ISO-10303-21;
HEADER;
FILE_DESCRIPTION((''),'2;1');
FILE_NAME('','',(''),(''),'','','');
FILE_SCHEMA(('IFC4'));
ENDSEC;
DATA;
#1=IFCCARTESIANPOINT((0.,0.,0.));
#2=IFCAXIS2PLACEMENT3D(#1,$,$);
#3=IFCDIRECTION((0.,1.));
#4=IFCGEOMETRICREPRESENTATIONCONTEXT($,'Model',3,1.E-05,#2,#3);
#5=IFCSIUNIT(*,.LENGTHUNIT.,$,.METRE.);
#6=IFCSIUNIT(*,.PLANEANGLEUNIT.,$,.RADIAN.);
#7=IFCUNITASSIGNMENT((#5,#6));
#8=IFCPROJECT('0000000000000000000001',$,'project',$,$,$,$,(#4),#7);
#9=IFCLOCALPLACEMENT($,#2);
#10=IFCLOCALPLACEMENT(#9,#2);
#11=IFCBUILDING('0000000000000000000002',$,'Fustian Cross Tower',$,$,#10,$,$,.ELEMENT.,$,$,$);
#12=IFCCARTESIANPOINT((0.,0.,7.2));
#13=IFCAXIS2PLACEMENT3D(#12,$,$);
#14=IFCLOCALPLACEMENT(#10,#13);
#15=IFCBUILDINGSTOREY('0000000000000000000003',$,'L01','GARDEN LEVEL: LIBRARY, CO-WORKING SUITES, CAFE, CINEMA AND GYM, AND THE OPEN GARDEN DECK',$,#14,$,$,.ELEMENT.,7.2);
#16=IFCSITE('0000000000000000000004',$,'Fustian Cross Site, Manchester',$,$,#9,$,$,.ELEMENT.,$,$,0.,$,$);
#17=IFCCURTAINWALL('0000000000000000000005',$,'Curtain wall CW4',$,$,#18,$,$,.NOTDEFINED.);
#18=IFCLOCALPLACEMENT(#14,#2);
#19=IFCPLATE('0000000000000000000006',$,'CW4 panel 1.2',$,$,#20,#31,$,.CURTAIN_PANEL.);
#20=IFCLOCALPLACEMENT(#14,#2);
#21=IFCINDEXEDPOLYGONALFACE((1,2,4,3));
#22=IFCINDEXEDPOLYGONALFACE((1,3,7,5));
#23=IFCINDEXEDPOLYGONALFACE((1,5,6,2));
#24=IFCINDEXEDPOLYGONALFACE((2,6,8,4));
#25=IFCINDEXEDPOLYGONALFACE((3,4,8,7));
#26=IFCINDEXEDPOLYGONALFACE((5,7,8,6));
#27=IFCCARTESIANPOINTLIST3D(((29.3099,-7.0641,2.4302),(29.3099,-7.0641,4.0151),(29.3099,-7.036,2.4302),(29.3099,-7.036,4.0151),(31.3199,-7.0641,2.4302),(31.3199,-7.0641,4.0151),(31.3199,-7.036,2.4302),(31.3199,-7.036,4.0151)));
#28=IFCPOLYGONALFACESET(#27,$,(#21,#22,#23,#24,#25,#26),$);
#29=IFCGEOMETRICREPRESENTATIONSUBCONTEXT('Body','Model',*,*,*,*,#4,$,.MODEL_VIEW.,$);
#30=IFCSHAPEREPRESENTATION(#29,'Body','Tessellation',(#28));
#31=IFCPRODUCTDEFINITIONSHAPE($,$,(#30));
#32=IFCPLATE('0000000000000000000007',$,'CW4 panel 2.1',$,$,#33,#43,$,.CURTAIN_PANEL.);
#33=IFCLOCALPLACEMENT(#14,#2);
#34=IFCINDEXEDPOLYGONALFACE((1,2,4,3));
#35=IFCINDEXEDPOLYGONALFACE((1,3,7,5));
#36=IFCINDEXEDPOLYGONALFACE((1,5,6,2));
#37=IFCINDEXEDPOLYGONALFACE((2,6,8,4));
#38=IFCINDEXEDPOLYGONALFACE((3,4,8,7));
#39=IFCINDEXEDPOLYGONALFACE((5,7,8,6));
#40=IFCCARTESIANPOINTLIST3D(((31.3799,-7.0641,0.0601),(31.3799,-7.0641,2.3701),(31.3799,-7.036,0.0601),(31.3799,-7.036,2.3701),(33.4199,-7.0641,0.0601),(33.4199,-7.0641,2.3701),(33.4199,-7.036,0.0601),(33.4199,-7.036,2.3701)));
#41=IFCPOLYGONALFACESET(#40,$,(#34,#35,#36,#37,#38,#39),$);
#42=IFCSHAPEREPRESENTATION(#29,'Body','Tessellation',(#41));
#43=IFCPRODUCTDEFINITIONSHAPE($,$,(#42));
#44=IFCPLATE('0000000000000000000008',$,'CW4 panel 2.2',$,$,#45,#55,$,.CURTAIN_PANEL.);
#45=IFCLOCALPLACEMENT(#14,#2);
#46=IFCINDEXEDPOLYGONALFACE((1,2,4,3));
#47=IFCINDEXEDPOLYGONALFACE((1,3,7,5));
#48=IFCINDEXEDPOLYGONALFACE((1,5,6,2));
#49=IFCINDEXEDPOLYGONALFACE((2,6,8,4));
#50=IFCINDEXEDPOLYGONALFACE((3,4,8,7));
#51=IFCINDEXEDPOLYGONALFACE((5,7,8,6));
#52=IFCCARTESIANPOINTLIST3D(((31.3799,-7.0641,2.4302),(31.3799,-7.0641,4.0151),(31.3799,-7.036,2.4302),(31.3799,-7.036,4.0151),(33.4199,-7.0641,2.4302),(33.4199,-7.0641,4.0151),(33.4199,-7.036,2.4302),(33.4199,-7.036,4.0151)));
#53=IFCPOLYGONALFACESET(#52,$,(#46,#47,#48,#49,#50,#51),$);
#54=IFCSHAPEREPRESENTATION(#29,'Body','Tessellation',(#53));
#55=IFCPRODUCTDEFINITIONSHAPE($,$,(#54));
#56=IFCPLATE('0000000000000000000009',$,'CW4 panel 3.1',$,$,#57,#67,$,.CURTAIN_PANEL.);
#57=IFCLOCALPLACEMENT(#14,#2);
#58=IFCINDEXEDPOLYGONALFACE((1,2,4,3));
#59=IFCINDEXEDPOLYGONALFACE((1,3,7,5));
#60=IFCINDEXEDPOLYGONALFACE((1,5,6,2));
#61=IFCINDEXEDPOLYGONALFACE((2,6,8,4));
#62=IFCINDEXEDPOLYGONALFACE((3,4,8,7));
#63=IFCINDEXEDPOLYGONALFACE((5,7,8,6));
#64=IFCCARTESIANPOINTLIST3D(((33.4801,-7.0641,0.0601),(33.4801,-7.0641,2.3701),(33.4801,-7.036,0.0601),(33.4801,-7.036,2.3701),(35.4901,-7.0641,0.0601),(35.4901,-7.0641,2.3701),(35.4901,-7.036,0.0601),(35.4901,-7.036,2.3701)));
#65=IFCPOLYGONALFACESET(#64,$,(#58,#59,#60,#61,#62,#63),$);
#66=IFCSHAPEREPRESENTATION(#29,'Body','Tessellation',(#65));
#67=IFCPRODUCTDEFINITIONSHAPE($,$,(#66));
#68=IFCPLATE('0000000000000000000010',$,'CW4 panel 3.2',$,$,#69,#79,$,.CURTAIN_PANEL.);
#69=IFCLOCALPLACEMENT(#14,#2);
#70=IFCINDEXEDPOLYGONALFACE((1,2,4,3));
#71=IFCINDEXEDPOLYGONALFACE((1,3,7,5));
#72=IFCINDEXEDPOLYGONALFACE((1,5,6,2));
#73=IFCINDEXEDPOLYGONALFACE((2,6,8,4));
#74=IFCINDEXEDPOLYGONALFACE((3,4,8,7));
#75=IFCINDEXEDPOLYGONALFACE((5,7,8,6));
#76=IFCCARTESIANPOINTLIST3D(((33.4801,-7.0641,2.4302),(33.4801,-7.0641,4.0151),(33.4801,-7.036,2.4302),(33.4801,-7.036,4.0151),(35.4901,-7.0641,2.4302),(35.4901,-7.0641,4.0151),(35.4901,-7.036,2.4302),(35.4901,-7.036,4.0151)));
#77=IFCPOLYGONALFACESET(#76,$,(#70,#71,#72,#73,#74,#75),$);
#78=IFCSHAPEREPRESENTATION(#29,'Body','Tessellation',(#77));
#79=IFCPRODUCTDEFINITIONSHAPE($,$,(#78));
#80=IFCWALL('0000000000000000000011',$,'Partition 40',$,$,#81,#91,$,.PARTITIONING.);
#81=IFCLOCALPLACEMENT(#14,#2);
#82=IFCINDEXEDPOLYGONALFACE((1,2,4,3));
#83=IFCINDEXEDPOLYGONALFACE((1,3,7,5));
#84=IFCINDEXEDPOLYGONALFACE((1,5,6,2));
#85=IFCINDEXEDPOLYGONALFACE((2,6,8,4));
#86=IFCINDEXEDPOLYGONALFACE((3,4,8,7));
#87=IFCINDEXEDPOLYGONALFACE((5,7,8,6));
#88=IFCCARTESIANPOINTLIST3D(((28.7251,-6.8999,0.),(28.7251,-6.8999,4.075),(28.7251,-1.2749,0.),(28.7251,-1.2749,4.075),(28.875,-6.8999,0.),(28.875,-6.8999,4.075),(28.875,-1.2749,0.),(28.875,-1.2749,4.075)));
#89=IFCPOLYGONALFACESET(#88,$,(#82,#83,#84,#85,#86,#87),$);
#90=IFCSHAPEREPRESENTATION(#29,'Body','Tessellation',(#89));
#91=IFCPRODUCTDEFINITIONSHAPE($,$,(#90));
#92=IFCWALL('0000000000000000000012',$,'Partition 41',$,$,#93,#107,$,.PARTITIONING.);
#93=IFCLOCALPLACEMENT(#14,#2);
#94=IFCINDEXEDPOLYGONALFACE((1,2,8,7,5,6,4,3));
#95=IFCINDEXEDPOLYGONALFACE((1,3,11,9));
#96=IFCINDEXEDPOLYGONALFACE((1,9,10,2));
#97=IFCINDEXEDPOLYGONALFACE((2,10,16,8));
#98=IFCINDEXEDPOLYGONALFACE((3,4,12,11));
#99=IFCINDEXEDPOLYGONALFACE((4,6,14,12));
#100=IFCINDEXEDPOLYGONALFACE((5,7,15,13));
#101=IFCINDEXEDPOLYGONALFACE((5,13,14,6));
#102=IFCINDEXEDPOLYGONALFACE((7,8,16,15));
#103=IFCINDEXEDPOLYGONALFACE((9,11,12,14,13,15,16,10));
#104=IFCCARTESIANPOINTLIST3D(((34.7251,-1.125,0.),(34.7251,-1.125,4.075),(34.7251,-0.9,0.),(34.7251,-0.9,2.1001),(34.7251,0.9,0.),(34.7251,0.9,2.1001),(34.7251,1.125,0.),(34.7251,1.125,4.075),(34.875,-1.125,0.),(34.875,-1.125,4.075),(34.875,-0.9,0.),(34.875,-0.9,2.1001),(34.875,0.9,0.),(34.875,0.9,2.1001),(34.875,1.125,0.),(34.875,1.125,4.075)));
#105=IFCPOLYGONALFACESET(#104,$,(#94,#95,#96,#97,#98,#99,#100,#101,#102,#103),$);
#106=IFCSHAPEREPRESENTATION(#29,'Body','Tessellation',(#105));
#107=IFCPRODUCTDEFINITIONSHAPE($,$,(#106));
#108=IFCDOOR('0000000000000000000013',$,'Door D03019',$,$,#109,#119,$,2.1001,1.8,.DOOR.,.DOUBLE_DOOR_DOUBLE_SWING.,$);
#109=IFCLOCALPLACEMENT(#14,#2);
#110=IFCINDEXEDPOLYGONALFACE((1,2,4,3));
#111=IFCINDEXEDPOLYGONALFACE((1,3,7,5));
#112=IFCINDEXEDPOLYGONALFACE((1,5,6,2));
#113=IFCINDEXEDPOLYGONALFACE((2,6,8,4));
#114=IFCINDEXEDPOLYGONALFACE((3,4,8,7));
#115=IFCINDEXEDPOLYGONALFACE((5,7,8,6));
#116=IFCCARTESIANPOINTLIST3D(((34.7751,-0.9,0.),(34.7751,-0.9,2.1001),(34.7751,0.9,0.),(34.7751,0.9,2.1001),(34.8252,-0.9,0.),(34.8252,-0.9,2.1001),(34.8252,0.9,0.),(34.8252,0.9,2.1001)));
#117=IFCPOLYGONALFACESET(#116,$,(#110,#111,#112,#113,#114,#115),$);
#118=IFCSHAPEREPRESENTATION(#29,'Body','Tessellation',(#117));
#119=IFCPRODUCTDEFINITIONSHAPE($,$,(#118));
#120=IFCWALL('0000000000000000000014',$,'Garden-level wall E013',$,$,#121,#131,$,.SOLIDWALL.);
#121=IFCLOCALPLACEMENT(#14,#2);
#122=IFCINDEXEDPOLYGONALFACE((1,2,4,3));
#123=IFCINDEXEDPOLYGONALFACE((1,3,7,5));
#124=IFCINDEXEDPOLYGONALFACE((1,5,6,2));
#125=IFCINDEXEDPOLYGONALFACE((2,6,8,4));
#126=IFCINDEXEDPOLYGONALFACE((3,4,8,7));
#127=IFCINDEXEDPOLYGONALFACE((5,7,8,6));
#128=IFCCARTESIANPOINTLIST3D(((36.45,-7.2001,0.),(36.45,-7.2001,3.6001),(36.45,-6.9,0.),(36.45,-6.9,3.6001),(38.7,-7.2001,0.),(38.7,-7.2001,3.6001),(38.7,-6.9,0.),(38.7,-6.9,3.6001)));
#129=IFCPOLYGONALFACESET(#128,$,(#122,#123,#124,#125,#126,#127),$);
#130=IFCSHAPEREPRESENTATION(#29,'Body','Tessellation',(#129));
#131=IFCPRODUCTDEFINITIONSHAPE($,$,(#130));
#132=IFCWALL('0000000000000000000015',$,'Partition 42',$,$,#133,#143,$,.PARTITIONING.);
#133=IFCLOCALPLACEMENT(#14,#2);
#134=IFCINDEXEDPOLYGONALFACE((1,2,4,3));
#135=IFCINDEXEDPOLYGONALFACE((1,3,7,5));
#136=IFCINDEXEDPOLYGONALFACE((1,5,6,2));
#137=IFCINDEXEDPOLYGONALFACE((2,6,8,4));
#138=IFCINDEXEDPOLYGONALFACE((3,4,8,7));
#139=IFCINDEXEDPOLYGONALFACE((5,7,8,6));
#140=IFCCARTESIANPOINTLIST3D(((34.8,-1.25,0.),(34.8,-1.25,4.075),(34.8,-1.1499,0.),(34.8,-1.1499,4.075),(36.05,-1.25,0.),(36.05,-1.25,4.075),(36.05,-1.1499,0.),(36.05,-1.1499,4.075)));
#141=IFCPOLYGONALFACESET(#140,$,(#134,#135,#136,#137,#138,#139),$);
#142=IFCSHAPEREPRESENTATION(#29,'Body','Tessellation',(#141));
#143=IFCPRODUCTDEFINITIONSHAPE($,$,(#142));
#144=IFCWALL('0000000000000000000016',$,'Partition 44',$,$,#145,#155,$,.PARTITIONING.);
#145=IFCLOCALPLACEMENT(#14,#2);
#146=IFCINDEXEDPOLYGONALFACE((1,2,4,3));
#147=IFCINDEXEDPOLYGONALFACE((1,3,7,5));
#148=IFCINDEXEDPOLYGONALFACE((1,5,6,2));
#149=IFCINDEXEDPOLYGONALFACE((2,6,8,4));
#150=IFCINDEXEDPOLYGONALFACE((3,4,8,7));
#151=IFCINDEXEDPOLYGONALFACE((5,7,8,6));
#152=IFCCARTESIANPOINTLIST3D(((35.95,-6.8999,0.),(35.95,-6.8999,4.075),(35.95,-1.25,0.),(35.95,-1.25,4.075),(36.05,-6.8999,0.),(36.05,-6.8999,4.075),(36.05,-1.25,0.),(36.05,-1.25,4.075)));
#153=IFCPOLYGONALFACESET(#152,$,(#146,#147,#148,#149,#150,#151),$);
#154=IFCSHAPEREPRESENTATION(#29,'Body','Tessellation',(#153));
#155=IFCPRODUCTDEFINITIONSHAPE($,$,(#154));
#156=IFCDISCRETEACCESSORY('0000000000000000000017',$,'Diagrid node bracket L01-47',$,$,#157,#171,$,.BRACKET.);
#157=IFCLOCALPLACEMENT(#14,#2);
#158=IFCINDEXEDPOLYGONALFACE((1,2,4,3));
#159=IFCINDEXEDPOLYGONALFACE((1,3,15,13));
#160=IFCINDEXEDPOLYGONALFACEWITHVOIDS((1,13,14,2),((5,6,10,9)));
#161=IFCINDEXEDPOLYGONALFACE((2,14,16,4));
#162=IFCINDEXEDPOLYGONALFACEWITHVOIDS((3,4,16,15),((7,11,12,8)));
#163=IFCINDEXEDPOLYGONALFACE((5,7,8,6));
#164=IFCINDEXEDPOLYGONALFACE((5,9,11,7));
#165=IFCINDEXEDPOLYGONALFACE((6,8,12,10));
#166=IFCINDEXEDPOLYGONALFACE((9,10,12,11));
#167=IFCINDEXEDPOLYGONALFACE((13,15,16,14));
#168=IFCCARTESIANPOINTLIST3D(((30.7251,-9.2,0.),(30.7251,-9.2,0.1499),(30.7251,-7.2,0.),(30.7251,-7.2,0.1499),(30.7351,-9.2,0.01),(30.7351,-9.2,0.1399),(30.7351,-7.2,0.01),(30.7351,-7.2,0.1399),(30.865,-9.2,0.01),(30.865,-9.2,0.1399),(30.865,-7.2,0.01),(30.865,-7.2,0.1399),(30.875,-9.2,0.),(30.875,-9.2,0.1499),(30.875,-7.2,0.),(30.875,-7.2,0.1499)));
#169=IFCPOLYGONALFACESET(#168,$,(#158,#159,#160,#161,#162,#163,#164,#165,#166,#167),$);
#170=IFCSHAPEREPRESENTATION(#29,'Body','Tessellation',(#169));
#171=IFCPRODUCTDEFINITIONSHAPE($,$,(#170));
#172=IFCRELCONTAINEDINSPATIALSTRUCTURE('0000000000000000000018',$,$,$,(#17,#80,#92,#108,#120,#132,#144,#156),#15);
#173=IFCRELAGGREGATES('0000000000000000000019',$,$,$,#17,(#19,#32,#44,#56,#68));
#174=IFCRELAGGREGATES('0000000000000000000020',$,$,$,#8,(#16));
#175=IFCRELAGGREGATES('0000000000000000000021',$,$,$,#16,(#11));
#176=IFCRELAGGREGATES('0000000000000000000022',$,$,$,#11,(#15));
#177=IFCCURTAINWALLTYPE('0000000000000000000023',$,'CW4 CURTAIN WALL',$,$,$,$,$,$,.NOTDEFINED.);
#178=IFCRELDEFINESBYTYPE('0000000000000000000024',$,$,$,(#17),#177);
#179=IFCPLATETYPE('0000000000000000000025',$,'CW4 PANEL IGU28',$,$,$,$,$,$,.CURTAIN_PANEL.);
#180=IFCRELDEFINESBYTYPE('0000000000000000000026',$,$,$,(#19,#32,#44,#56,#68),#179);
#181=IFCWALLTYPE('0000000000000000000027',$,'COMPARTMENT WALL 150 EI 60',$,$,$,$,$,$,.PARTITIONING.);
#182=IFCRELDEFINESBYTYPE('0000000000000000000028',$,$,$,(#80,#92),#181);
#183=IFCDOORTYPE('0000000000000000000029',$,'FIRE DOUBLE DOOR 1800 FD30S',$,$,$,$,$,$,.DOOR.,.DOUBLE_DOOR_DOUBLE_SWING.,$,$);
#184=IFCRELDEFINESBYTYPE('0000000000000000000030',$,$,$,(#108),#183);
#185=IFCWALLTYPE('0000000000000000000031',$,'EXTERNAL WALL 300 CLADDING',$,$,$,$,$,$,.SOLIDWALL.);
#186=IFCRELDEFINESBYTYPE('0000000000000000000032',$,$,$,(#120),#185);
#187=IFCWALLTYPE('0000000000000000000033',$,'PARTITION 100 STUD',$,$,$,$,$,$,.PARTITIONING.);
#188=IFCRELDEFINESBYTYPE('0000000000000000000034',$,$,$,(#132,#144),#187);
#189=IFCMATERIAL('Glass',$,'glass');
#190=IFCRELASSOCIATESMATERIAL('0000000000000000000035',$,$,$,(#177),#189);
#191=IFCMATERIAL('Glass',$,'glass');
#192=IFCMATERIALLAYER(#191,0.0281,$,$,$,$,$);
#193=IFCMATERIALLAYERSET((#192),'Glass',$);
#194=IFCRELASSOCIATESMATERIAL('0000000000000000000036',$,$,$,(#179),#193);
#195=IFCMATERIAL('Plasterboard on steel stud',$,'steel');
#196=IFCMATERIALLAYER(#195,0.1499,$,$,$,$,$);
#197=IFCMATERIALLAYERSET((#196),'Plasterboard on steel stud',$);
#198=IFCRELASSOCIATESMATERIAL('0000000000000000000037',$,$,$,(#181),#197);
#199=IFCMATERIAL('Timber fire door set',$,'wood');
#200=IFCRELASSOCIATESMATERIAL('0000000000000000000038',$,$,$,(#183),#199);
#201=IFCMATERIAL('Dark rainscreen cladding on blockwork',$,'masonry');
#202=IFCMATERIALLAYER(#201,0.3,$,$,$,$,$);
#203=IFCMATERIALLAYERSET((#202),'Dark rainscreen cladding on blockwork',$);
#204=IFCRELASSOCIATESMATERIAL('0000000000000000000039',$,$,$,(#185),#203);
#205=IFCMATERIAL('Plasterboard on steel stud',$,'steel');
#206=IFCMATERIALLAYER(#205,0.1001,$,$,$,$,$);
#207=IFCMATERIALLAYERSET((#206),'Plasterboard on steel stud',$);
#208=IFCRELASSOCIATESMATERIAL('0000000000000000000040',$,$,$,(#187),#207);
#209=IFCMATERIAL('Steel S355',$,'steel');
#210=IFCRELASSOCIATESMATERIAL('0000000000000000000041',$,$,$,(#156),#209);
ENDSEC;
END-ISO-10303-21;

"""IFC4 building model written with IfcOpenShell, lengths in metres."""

from ifc_helpers import new_model, si_unit, direction, frame, frame_2d, origin, origin_2d, place, context, subcontext, project, spatial, rectangle, hollow_rectangle, extrude, material, layer, layer_set, type_object, element, fill, aggregate, save


model = new_model("IFC4")

# Units and contexts
model_context = context("Model", 3, precision=1e-05, world=origin(), true_north=direction((0.0, 1.0)))
body_context = subcontext(model_context, "Body", "Model", "MODEL_VIEW")
ifc_project = project(units=[si_unit("LENGTHUNIT", "METRE"), si_unit("PLANEANGLEUNIT", "RADIAN")], contexts=[model_context])

# Site, building, storey
site_placement = place(None, origin())
site = spatial("IfcSite", under=ifc_project, at=site_placement, Name="Fustian Cross Site, Manchester", CompositionType="ELEMENT", RefElevation=0.0)
building_placement = place(site_placement, origin())
building = spatial("IfcBuilding", under=site, at=building_placement, Name="Fustian Cross Tower", CompositionType="ELEMENT")
storey_placement = place(building_placement, frame((0.0, 0.0, 7.2)))
storey = spatial("IfcBuildingStorey", under=building, at=storey_placement, Name="L01", Description="GARDEN LEVEL: LIBRARY, CO-WORKING SUITES, CAFE, CINEMA AND GYM, AND THE OPEN GARDEN DECK", CompositionType="ELEMENT", Elevation=7.2)

# Curtain wall
ifc_material_1 = material(Name="Glass", Category="glass")
curtain_wall_type = type_object("IfcCurtainWallType", Name="CW4 CURTAIN WALL", PredefinedType="NOTDEFINED", material=ifc_material_1)
curtain_wall_placement = place(storey_placement, origin())
curtain_wall = element("IfcCurtainWall", 1, at=curtain_wall_placement, inside=storey, type_object=curtain_wall_type, Name="Curtain wall CW4", PredefinedType="NOTDEFINED")

# Plates
ifc_material_2 = material(Name="Glass", Category="glass")
ifc_layer_1 = layer(ifc_material_2, 0.0281)
ifc_layer_set_1 = layer_set([ifc_layer_1], Name="Glass")
plate_type = type_object("IfcPlateType", Name="CW4 PANEL IGU28", PredefinedType="CURTAIN_PANEL", material=ifc_layer_set_1)
plate_1_placement = place(storey_placement, frame((30.3149, -7.05, 2.4302), z_axis=(0.0, 0.0, 1.0), x_axis=(1.0, 0.0, 0.0)))
plate_1 = element("IfcPlate", 2, at=plate_1_placement, type_object=plate_type, Name="CW4 panel 1.2", PredefinedType="CURTAIN_PANEL", context=body_context, shape_type="SweptSolid", body=[
    extrude(rectangle(XDim=2.01, YDim=0.0281, at=origin_2d()), origin(), (0.0, 0.0, 1.0), 1.585),
])
plate_2_placement = place(storey_placement, frame((32.3999, -7.05, 0.0601), z_axis=(0.0, 0.0, 1.0), x_axis=(1.0, 0.0, 0.0)))
plate_2 = element("IfcPlate", 3, at=plate_2_placement, type_object=plate_type, Name="CW4 panel 2.1", PredefinedType="CURTAIN_PANEL", context=body_context, shape_type="SweptSolid", body=[
    extrude(rectangle(XDim=2.04, YDim=0.0281, at=origin_2d()), origin(), (0.0, 0.0, 1.0), 2.3101),
])
plate_3_placement = place(storey_placement, frame((32.3999, -7.05, 2.4302), z_axis=(0.0, 0.0, 1.0), x_axis=(1.0, 0.0, 0.0)))
plate_3 = element("IfcPlate", 4, at=plate_3_placement, type_object=plate_type, Name="CW4 panel 2.2", PredefinedType="CURTAIN_PANEL", context=body_context, shape_type="SweptSolid", body=[
    extrude(rectangle(XDim=2.04, YDim=0.0281, at=origin_2d()), origin(), (0.0, 0.0, 1.0), 1.585),
])
plate_4_placement = place(storey_placement, frame((34.4851, -7.05, 0.0601), z_axis=(0.0, 0.0, 1.0), x_axis=(1.0, 0.0, 0.0)))
plate_4 = element("IfcPlate", 5, at=plate_4_placement, type_object=plate_type, Name="CW4 panel 3.1", PredefinedType="CURTAIN_PANEL", context=body_context, shape_type="SweptSolid", body=[
    extrude(rectangle(XDim=2.01, YDim=0.0281, at=origin_2d()), origin(), (0.0, 0.0, 1.0), 2.3101),
])
plate_5_placement = place(storey_placement, frame((34.4851, -7.05, 2.4302), z_axis=(0.0, 0.0, 1.0), x_axis=(1.0, 0.0, 0.0)))
plate_5 = element("IfcPlate", 6, at=plate_5_placement, type_object=plate_type, Name="CW4 panel 3.2", PredefinedType="CURTAIN_PANEL", context=body_context, shape_type="SweptSolid", body=[
    extrude(rectangle(XDim=2.01, YDim=0.0281, at=origin_2d()), origin(), (0.0, 0.0, 1.0), 1.585),
])
aggregate(curtain_wall, [plate_1, plate_2, plate_3, plate_4, plate_5])

# Wall
ifc_material_3 = material(Name="Plasterboard on steel stud", Category="steel")
ifc_layer_2 = layer(ifc_material_3, 0.1499)
ifc_layer_set_2 = layer_set([ifc_layer_2], Name="Plasterboard on steel stud")
wall_type_1 = type_object("IfcWallType", Name="COMPARTMENT WALL 150 EI 60", PredefinedType="PARTITIONING", material=ifc_layer_set_2)
wall_1_placement = place(storey_placement, frame((28.8, -6.8999, 0.0), z_axis=(0.0, 0.0, 1.0), x_axis=(0.0, 1.0, 0.0)))
element("IfcWall", 7, at=wall_1_placement, inside=storey, type_object=wall_type_1, Name="Partition 40", PredefinedType="PARTITIONING", context=body_context, shape_type="SweptSolid", body=[
    extrude(rectangle(XDim=5.625, YDim=0.1499, at=frame_2d((2.8125, 0.0))), origin(), (0.0, 0.0, 1.0), 4.075),
])

# Wall, opening, door
wall_2_placement = place(storey_placement, frame((34.8, -1.125, 0.0), z_axis=(0.0, 0.0, 1.0), x_axis=(0.0, 1.0, 0.0)))
wall_2 = element("IfcWall", 8, at=wall_2_placement, inside=storey, type_object=wall_type_1, Name="Partition 41", PredefinedType="PARTITIONING", context=body_context, shape_type="SweptSolid", body=[
    extrude(rectangle(XDim=2.25, YDim=0.1499, at=frame_2d((1.125, 0.0))), origin(), (0.0, 0.0, 1.0), 4.075),
])
opening_placement = place(wall_2_placement, frame((0.2251, 0.0, 0.0)))
opening = element("IfcOpeningElement", 9, at=opening_placement, cuts=wall_2, PredefinedType="OPENING", context=body_context, shape_type="SweptSolid", body=[
    extrude(rectangle(XDim=1.8, YDim=2.1001, at=frame_2d((0.8999, 1.05))), frame((0.0, 0.085, 0.0), z_axis=(0.0, -1.0, 0.0), x_axis=(1.0, 0.0, 0.0)), (0.0, 0.0, 1.0), 0.1699),
])
ifc_material_4 = material(Name="Timber fire door set", Category="wood")
door_type = type_object("IfcDoorType", Name="FIRE DOUBLE DOOR 1800 FD30S", OperationType="DOUBLE_DOOR_DOUBLE_SWING", PredefinedType="DOOR", material=ifc_material_4)
door_placement = place(opening_placement, origin())
door = element("IfcDoor", 10, at=door_placement, inside=storey, type_object=door_type, Name="Door D03019", OperationType="DOUBLE_DOOR_DOUBLE_SWING", OverallHeight=2.1001, OverallWidth=1.8, PredefinedType="DOOR", context=body_context, shape_type="SweptSolid", body=[
    extrude(rectangle(XDim=1.8, YDim=2.1001, at=frame_2d((0.8999, 1.05))), frame((0.0, 0.0249, 0.0), z_axis=(0.0, -1.0, 0.0), x_axis=(1.0, 0.0, 0.0)), (0.0, 0.0, 1.0), 0.05),
])
fill(opening, door)

# Walls
ifc_material_5 = material(Name="Dark rainscreen cladding on blockwork", Category="masonry")
ifc_layer_3 = layer(ifc_material_5, 0.3)
ifc_layer_set_3 = layer_set([ifc_layer_3], Name="Dark rainscreen cladding on blockwork")
wall_type_2 = type_object("IfcWallType", Name="EXTERNAL WALL 300 CLADDING", PredefinedType="SOLIDWALL", material=ifc_layer_set_3)
wall_3_placement = place(storey_placement, frame((36.45, -7.05, 0.0), z_axis=(0.0, 0.0, 1.0), x_axis=(1.0, 0.0, 0.0)))
element("IfcWall", 11, at=wall_3_placement, inside=storey, type_object=wall_type_2, Name="Garden-level wall E013", PredefinedType="SOLIDWALL", context=body_context, shape_type="SweptSolid", body=[
    extrude(rectangle(XDim=2.25, YDim=0.3, at=frame_2d((1.125, 0.0))), origin(), (0.0, 0.0, 1.0), 3.6001),
])
ifc_material_6 = material(Name="Plasterboard on steel stud", Category="steel")
ifc_layer_4 = layer(ifc_material_6, 0.1001)
ifc_layer_set_4 = layer_set([ifc_layer_4], Name="Plasterboard on steel stud")
wall_type_3 = type_object("IfcWallType", Name="PARTITION 100 STUD", PredefinedType="PARTITIONING", material=ifc_layer_set_4)
wall_4_placement = place(storey_placement, frame((34.8, -1.2, 0.0), z_axis=(0.0, 0.0, 1.0), x_axis=(1.0, 0.0, 0.0)))
element("IfcWall", 12, at=wall_4_placement, inside=storey, type_object=wall_type_3, Name="Partition 42", PredefinedType="PARTITIONING", context=body_context, shape_type="SweptSolid", body=[
    extrude(rectangle(XDim=1.25, YDim=0.1001, at=frame_2d((0.625, 0.0))), origin(), (0.0, 0.0, 1.0), 4.075),
])
wall_5_placement = place(storey_placement, frame((36.0, -6.8999, 0.0), z_axis=(0.0, 0.0, 1.0), x_axis=(0.0, 1.0, 0.0)))
element("IfcWall", 13, at=wall_5_placement, inside=storey, type_object=wall_type_3, Name="Partition 44", PredefinedType="PARTITIONING", context=body_context, shape_type="SweptSolid", body=[
    extrude(rectangle(XDim=5.6499, YDim=0.1001, at=frame_2d((2.825, 0.0))), origin(), (0.0, 0.0, 1.0), 4.075),
])

# Discrete accessory
ifc_material_7 = material(Name="Steel S355", Category="steel")
discrete_accessory_placement = place(storey_placement, frame((30.8, -9.2, 0.075), z_axis=(0.0, 1.0, 0.0), x_axis=(-1.0, 0.0, 0.0)))
element("IfcDiscreteAccessory", 14, at=discrete_accessory_placement, inside=storey, material=ifc_material_7, Name="Diagrid node bracket L01-47", PredefinedType="BRACKET", context=body_context, shape_type="SweptSolid", body=[
    extrude(hollow_rectangle(XDim=0.1499, YDim=0.1499, WallThickness=0.01, at=origin_2d()), origin(), (0.0, 0.0, 1.0), 2.0),
])

save(model, "model.ifc")
